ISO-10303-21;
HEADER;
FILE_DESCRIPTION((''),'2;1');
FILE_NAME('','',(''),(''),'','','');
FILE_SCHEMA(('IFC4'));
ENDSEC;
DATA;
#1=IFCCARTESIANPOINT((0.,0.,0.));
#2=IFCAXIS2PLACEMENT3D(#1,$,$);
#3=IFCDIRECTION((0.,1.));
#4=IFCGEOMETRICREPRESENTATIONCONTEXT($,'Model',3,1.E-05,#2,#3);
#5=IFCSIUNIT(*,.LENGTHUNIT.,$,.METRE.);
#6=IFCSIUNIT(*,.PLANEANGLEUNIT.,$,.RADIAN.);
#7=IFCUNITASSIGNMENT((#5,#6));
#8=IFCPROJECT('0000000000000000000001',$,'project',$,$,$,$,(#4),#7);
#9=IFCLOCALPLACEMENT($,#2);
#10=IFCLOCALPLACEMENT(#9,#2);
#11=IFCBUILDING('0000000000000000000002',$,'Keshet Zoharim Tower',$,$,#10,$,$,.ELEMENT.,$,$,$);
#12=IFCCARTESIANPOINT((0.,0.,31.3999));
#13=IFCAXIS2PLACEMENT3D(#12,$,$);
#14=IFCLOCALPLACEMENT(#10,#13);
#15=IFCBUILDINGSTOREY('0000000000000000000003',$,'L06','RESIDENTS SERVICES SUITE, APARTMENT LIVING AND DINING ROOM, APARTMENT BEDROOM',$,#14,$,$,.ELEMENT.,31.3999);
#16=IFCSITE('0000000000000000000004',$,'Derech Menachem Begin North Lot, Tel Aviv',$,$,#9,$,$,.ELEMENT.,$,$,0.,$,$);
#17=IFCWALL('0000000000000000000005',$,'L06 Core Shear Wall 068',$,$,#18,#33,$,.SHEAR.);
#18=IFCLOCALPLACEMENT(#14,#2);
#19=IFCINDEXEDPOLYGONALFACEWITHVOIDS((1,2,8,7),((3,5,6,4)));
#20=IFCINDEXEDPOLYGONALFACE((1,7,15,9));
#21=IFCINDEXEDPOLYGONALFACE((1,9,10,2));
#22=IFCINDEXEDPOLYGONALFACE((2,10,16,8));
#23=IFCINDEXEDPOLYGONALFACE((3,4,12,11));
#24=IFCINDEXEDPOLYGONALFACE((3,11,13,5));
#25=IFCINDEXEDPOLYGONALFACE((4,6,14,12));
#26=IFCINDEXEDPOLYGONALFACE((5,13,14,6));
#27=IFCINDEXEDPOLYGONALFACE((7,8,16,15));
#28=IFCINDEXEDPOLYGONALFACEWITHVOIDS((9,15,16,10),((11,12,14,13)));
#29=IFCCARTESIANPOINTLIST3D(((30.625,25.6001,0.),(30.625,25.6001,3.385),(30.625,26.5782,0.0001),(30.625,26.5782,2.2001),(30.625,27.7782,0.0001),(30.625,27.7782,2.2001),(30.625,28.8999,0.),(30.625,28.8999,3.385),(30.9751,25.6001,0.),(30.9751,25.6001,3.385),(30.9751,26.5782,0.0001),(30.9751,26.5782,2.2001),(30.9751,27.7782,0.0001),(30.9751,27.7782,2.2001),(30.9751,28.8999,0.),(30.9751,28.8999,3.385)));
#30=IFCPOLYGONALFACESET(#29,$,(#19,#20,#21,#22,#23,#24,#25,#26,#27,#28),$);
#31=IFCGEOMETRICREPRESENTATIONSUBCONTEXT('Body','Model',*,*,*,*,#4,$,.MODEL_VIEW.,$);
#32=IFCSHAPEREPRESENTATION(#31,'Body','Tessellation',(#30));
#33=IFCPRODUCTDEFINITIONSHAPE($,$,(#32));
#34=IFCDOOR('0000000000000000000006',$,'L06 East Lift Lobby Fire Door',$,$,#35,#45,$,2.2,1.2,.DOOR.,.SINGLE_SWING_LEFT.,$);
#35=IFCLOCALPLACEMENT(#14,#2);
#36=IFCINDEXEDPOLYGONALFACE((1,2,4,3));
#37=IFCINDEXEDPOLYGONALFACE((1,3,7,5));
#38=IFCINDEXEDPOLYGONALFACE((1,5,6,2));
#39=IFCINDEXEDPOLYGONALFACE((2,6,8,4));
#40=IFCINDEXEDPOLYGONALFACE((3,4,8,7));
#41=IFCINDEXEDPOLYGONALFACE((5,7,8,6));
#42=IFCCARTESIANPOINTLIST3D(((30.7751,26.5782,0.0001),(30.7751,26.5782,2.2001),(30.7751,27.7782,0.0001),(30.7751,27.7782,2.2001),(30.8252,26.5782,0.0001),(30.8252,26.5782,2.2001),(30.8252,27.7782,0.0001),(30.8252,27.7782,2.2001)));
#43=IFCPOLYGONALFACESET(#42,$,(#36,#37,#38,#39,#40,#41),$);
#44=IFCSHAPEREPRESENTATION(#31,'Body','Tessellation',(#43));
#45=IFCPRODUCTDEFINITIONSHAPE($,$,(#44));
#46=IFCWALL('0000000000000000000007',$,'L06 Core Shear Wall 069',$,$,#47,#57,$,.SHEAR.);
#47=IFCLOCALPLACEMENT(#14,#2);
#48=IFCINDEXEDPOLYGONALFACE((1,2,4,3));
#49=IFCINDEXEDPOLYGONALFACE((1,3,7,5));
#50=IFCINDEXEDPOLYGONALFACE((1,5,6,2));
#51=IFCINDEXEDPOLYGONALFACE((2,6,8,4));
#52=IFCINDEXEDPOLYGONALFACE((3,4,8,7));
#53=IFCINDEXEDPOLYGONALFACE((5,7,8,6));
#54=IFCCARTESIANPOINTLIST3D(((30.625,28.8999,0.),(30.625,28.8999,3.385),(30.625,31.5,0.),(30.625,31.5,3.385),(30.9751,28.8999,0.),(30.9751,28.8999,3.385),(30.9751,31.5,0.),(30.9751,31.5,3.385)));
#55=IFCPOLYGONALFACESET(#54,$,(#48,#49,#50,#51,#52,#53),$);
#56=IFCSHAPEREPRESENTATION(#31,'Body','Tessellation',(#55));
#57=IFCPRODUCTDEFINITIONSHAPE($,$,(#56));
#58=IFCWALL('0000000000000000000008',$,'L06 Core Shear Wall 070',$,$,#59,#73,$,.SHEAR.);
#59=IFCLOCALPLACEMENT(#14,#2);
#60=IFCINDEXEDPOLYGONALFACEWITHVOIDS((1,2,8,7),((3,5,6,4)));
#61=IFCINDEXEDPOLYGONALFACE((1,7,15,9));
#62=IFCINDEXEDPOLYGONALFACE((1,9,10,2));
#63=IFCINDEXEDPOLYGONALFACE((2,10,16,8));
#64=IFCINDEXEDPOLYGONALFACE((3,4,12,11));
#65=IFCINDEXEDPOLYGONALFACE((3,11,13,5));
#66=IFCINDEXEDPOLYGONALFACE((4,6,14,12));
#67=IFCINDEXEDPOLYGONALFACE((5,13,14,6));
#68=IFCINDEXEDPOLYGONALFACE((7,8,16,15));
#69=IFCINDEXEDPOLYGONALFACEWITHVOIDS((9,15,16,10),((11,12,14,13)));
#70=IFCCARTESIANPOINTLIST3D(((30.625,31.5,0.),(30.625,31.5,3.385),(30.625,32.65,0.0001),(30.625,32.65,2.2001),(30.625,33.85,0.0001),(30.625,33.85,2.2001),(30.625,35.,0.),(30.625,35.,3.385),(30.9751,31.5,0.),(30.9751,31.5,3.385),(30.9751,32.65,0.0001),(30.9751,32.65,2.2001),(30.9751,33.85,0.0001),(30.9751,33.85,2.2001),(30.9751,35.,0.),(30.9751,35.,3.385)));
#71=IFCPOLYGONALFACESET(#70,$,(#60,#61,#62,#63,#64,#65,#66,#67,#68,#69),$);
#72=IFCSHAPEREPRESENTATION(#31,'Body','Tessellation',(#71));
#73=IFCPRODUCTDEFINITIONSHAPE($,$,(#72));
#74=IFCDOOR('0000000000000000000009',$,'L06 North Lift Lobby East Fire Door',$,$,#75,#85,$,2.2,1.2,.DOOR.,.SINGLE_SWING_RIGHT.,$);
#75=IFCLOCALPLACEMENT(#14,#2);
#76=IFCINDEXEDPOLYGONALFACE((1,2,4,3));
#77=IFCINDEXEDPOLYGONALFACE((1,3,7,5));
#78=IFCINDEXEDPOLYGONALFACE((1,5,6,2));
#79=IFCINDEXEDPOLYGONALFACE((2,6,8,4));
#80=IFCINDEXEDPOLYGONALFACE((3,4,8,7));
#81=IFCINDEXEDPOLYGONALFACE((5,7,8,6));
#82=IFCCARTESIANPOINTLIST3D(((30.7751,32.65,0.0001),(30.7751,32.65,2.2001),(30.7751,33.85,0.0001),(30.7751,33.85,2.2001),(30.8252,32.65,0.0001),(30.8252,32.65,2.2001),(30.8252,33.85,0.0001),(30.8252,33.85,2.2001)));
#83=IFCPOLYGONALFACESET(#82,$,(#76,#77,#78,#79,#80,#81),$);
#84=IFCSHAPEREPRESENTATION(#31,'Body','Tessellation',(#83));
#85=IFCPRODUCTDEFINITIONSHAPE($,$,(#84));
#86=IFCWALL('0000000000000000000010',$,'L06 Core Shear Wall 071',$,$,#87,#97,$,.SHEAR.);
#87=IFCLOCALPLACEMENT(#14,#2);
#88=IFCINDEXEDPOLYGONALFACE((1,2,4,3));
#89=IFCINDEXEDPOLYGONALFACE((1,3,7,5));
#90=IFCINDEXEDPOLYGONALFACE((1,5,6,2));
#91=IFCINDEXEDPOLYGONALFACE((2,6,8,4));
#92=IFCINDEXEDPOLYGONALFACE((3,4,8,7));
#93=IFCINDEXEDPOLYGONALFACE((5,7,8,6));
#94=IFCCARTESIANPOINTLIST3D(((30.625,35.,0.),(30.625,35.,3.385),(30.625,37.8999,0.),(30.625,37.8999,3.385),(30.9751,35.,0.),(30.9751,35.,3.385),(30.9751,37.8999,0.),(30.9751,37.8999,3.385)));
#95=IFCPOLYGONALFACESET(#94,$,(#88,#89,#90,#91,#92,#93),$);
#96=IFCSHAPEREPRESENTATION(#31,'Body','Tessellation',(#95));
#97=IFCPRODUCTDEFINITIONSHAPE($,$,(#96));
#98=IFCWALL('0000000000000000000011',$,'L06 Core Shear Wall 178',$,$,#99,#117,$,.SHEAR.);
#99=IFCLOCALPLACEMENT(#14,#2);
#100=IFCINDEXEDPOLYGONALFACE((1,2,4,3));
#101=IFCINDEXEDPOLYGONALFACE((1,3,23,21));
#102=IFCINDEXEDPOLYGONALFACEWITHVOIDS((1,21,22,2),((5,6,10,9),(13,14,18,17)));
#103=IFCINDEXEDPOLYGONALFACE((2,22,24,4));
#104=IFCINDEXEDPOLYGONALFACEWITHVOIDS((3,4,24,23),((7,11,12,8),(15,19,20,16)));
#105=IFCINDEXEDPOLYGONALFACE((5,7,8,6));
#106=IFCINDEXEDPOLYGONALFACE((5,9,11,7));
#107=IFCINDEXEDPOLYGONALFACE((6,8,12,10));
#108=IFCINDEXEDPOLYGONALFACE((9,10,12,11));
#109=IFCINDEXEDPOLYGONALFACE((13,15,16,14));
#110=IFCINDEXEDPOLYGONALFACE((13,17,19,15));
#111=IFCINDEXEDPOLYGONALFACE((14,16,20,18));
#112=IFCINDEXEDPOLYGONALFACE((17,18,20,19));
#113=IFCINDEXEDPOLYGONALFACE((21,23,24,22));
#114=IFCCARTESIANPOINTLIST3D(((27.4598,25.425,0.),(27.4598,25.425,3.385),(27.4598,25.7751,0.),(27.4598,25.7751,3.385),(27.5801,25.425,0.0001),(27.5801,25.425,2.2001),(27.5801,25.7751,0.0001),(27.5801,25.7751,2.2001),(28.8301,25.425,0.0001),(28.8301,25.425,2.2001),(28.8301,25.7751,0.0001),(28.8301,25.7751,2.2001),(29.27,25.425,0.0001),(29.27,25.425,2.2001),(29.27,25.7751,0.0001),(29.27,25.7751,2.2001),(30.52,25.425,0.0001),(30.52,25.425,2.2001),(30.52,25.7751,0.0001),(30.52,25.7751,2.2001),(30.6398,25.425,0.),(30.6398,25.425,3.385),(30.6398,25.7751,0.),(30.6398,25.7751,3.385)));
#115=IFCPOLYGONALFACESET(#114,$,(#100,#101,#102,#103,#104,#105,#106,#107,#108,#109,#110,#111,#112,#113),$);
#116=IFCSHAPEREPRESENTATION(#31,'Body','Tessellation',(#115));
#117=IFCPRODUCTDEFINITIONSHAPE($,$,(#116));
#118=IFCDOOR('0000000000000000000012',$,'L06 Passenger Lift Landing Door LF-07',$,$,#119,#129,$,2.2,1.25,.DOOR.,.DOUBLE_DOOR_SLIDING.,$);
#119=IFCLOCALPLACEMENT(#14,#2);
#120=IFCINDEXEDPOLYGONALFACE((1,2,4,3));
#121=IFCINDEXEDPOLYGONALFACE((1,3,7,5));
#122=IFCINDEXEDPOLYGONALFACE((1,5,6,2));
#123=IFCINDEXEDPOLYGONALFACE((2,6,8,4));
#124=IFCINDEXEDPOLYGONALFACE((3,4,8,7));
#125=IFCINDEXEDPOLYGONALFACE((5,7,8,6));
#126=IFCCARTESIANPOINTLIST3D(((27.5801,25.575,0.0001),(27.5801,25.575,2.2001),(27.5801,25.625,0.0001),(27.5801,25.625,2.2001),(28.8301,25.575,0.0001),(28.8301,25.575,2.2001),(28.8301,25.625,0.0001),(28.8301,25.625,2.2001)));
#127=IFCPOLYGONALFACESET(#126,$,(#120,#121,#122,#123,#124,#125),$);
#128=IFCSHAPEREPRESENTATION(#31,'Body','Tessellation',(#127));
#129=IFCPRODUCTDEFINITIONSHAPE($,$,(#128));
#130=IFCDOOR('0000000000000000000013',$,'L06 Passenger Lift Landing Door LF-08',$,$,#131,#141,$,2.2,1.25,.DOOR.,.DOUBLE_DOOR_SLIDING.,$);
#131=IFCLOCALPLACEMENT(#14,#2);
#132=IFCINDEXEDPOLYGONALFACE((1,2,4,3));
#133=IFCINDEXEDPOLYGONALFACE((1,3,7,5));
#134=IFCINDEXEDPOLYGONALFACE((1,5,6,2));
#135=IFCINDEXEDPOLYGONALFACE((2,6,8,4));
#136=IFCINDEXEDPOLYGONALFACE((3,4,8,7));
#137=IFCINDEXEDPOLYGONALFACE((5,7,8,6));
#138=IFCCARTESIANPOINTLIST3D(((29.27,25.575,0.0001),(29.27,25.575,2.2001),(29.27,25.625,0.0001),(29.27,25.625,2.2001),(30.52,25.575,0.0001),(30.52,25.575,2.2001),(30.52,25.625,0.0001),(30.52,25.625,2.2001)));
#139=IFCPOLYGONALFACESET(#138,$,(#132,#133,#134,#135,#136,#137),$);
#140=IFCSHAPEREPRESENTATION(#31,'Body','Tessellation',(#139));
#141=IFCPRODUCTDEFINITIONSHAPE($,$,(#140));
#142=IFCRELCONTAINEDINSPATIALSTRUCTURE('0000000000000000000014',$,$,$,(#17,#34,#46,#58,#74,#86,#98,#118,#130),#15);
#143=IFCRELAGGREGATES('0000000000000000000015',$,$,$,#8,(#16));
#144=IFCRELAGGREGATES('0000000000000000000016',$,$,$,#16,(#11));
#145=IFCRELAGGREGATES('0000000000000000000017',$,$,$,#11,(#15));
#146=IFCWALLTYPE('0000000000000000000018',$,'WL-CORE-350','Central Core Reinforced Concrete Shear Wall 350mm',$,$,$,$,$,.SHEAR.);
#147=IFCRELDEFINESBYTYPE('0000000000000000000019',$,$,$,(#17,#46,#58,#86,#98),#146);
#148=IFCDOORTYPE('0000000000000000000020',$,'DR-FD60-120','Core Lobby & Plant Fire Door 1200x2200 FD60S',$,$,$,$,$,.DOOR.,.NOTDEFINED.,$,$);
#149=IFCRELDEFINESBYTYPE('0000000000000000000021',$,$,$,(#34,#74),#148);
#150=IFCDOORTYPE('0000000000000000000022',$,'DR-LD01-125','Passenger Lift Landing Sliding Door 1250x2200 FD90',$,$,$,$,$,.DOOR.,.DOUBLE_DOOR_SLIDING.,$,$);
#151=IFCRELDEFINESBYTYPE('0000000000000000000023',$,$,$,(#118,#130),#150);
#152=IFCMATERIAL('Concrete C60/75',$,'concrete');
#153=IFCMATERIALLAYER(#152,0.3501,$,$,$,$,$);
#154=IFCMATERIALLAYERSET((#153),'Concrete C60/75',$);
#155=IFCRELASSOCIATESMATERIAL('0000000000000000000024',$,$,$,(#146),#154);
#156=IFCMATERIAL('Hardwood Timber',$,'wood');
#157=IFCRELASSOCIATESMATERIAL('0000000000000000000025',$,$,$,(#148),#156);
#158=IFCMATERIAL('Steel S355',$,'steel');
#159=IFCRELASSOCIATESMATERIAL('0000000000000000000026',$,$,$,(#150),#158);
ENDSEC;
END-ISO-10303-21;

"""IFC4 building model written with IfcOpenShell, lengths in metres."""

from ifc_helpers import new_model, si_unit, direction, frame, frame_2d, origin, place, context, subcontext, project, spatial, rectangle, extrude, material, layer, layer_set, type_object, element, fill, save


model = new_model("IFC4")

# Units and contexts
model_context = context("Model", 3, precision=1e-05, world=origin(), true_north=direction((0.0, 1.0)))
body_context = subcontext(model_context, "Body", "Model", "MODEL_VIEW")
ifc_project = project(units=[si_unit("LENGTHUNIT", "METRE"), si_unit("PLANEANGLEUNIT", "RADIAN")], contexts=[model_context])

# Site, building, storey
site_placement = place(None, origin())
site = spatial("IfcSite", under=ifc_project, at=site_placement, Name="Derech Menachem Begin North Lot, Tel Aviv", CompositionType="ELEMENT", RefElevation=0.0)
building_placement = place(site_placement, origin())
building = spatial("IfcBuilding", under=site, at=building_placement, Name="Keshet Zoharim Tower", CompositionType="ELEMENT")
storey_placement = place(building_placement, frame((0.0, 0.0, 31.3999)))
storey = spatial("IfcBuildingStorey", under=building, at=storey_placement, Name="L06", Description="RESIDENTS SERVICES SUITE, APARTMENT LIVING AND DINING ROOM, APARTMENT BEDROOM", CompositionType="ELEMENT", Elevation=31.3999)

# Shared definitions
ifc_material_1 = material(Name="Concrete C60/75", Category="concrete")

# Shared definitions
ifc_material_2 = material(Name="Steel S355", Category="steel")

# Shared definitions
ifc_layer_1 = layer(ifc_material_1, 0.3501)
ifc_layer_set_1 = layer_set([ifc_layer_1], Name="Concrete C60/75")
wall_type_1 = type_object("IfcWallType", Name="WL-CORE-350", Description="Central Core Reinforced Concrete Shear Wall 350mm", PredefinedType="SHEAR", material=ifc_layer_set_1)

# Wall, opening, door
wall_1_placement = place(storey_placement, frame((30.8, 25.6001, 0.0), z_axis=(0.0, 0.0, 1.0), x_axis=(0.0, 1.0, 0.0)))
wall_1 = element("IfcWall", 1, at=wall_1_placement, inside=storey, type_object=wall_type_1, Name="L06 Core Shear Wall 068", PredefinedType="SHEAR", context=body_context, shape_type="SweptSolid", body=[
    extrude(rectangle(XDim=3.2998, YDim=0.3501, at=frame_2d((1.6499, 0.0))), origin(), (0.0, 0.0, 1.0), 3.385),
])
opening_1_placement = place(wall_1_placement, frame((0.978, 0.0, 0.0)))
opening_1 = element("IfcOpeningElement", 2, at=opening_1_placement, cuts=wall_1, PredefinedType="OPENING", context=body_context, shape_type="SweptSolid", body=[
    extrude(rectangle(XDim=1.2, YDim=2.2, at=frame_2d((0.6001, 1.1001))), frame((0.0, 0.1851, 0.0), z_axis=(0.0, -1.0, 0.0), x_axis=(1.0, 0.0, 0.0)), (0.0, 0.0, 1.0), 0.3701),
])
ifc_material_3 = material(Name="Hardwood Timber", Category="wood")
door_type_1 = type_object("IfcDoorType", Name="DR-FD60-120", Description="Core Lobby & Plant Fire Door 1200x2200 FD60S", OperationType="NOTDEFINED", PredefinedType="DOOR", material=ifc_material_3)
door_1_placement = place(opening_1_placement, origin())
door_1 = element("IfcDoor", 3, at=door_1_placement, inside=storey, type_object=door_type_1, Name="L06 East Lift Lobby Fire Door", OperationType="SINGLE_SWING_LEFT", OverallHeight=2.2, OverallWidth=1.2, PredefinedType="DOOR", context=body_context, shape_type="SweptSolid", body=[
    extrude(rectangle(XDim=1.2, YDim=2.2, at=frame_2d((0.6001, 1.1001))), frame((0.0, 0.0249, 0.0), z_axis=(0.0, -1.0, 0.0), x_axis=(1.0, 0.0, 0.0)), (0.0, 0.0, 1.0), 0.05),
])
fill(opening_1, door_1)

# Wall
wall_2_placement = place(storey_placement, frame((30.8, 28.8999, 0.0), z_axis=(0.0, 0.0, 1.0), x_axis=(0.0, 1.0, 0.0)))
element("IfcWall", 4, at=wall_2_placement, inside=storey, type_object=wall_type_1, Name="L06 Core Shear Wall 069", PredefinedType="SHEAR", context=body_context, shape_type="SweptSolid", body=[
    extrude(rectangle(XDim=2.6001, YDim=0.3501, at=frame_2d((1.3, 0.0))), origin(), (0.0, 0.0, 1.0), 3.385),
])

# Wall, opening, door
wall_3_placement = place(storey_placement, frame((30.8, 31.5, 0.0), z_axis=(0.0, 0.0, 1.0), x_axis=(0.0, 1.0, 0.0)))
wall_3 = element("IfcWall", 5, at=wall_3_placement, inside=storey, type_object=wall_type_1, Name="L06 Core Shear Wall 070", PredefinedType="SHEAR", context=body_context, shape_type="SweptSolid", body=[
    extrude(rectangle(XDim=3.5, YDim=0.3501, at=frame_2d((1.75, 0.0))), origin(), (0.0, 0.0, 1.0), 3.385),
])
opening_2_placement = place(wall_3_placement, frame((1.1499, 0.0, 0.0)))
opening_2 = element("IfcOpeningElement", 6, at=opening_2_placement, cuts=wall_3, PredefinedType="OPENING", context=body_context, shape_type="SweptSolid", body=[
    extrude(rectangle(XDim=1.2, YDim=2.2, at=frame_2d((0.6001, 1.1001))), frame((0.0, 0.1851, 0.0), z_axis=(0.0, -1.0, 0.0), x_axis=(1.0, 0.0, 0.0)), (0.0, 0.0, 1.0), 0.3701),
])
door_2_placement = place(opening_2_placement, origin())
door_2 = element("IfcDoor", 7, at=door_2_placement, inside=storey, type_object=door_type_1, Name="L06 North Lift Lobby East Fire Door", OperationType="SINGLE_SWING_RIGHT", OverallHeight=2.2, OverallWidth=1.2, PredefinedType="DOOR", context=body_context, shape_type="SweptSolid", body=[
    extrude(rectangle(XDim=1.2, YDim=2.2, at=frame_2d((0.6001, 1.1001))), frame((0.0, 0.0249, 0.0), z_axis=(0.0, -1.0, 0.0), x_axis=(1.0, 0.0, 0.0)), (0.0, 0.0, 1.0), 0.05),
])
fill(opening_2, door_2)

# Wall
wall_4_placement = place(storey_placement, frame((30.8, 35.0, 0.0), z_axis=(0.0, 0.0, 1.0), x_axis=(0.0, 1.0, 0.0)))
element("IfcWall", 8, at=wall_4_placement, inside=storey, type_object=wall_type_1, Name="L06 Core Shear Wall 071", PredefinedType="SHEAR", context=body_context, shape_type="SweptSolid", body=[
    extrude(rectangle(XDim=2.8999, YDim=0.3501, at=frame_2d((1.45, 0.0))), origin(), (0.0, 0.0, 1.0), 3.385),
])

# Wall, openings, doors
wall_5_placement = place(storey_placement, frame((27.46, 25.6001, 0.0), z_axis=(0.0, 0.0, 1.0), x_axis=(1.0, 0.0, 0.0)))
wall_5 = element("IfcWall", 9, at=wall_5_placement, inside=storey, type_object=wall_type_1, Name="L06 Core Shear Wall 178", PredefinedType="SHEAR", context=body_context, shape_type="SweptSolid", body=[
    extrude(rectangle(XDim=3.1799, YDim=0.3501, at=frame_2d((1.5898, 0.0))), origin(), (0.0, 0.0, 1.0), 3.385),
])
opening_3_placement = place(wall_5_placement, frame((0.1201, 0.0, 0.0)))
opening_3 = element("IfcOpeningElement", 10, at=opening_3_placement, cuts=wall_5, PredefinedType="OPENING", context=body_context, shape_type="SweptSolid", body=[
    extrude(rectangle(XDim=1.25, YDim=2.2, at=frame_2d((0.625, 1.1001))), frame((0.0, 0.1851, 0.0), z_axis=(0.0, -1.0, 0.0), x_axis=(1.0, 0.0, 0.0)), (0.0, 0.0, 1.0), 0.3701),
])
opening_4_placement = place(wall_5_placement, frame((1.8101, 0.0, 0.0)))
opening_4 = element("IfcOpeningElement", 11, at=opening_4_placement, cuts=wall_5, PredefinedType="OPENING", context=body_context, shape_type="SweptSolid", body=[
    extrude(rectangle(XDim=1.25, YDim=2.2, at=frame_2d((0.625, 1.1001))), frame((0.0, 0.1851, 0.0), z_axis=(0.0, -1.0, 0.0), x_axis=(1.0, 0.0, 0.0)), (0.0, 0.0, 1.0), 0.3701),
])
door_type_2 = type_object("IfcDoorType", Name="DR-LD01-125", Description="Passenger Lift Landing Sliding Door 1250x2200 FD90", OperationType="DOUBLE_DOOR_SLIDING", PredefinedType="DOOR", material=ifc_material_2)
door_3_placement = place(opening_3_placement, origin())
door_3 = element("IfcDoor", 12, at=door_3_placement, inside=storey, type_object=door_type_2, Name="L06 Passenger Lift Landing Door LF-07", OperationType="DOUBLE_DOOR_SLIDING", OverallHeight=2.2, OverallWidth=1.25, PredefinedType="DOOR", context=body_context, shape_type="SweptSolid", body=[
    extrude(rectangle(XDim=1.25, YDim=2.2, at=frame_2d((0.625, 1.1001))), frame((0.0, 0.0249, 0.0), z_axis=(0.0, -1.0, 0.0), x_axis=(1.0, 0.0, 0.0)), (0.0, 0.0, 1.0), 0.05),
])
fill(opening_3, door_3)
door_4_placement = place(opening_4_placement, origin())
door_4 = element("IfcDoor", 13, at=door_4_placement, inside=storey, type_object=door_type_2, Name="L06 Passenger Lift Landing Door LF-08", OperationType="DOUBLE_DOOR_SLIDING", OverallHeight=2.2, OverallWidth=1.25, PredefinedType="DOOR", context=body_context, shape_type="SweptSolid", body=[
    extrude(rectangle(XDim=1.25, YDim=2.2, at=frame_2d((0.625, 1.1001))), frame((0.0, 0.0249, 0.0), z_axis=(0.0, -1.0, 0.0), x_axis=(1.0, 0.0, 0.0)), (0.0, 0.0, 1.0), 0.05),
])
fill(opening_4, door_4)

save(model, "model.ifc")
